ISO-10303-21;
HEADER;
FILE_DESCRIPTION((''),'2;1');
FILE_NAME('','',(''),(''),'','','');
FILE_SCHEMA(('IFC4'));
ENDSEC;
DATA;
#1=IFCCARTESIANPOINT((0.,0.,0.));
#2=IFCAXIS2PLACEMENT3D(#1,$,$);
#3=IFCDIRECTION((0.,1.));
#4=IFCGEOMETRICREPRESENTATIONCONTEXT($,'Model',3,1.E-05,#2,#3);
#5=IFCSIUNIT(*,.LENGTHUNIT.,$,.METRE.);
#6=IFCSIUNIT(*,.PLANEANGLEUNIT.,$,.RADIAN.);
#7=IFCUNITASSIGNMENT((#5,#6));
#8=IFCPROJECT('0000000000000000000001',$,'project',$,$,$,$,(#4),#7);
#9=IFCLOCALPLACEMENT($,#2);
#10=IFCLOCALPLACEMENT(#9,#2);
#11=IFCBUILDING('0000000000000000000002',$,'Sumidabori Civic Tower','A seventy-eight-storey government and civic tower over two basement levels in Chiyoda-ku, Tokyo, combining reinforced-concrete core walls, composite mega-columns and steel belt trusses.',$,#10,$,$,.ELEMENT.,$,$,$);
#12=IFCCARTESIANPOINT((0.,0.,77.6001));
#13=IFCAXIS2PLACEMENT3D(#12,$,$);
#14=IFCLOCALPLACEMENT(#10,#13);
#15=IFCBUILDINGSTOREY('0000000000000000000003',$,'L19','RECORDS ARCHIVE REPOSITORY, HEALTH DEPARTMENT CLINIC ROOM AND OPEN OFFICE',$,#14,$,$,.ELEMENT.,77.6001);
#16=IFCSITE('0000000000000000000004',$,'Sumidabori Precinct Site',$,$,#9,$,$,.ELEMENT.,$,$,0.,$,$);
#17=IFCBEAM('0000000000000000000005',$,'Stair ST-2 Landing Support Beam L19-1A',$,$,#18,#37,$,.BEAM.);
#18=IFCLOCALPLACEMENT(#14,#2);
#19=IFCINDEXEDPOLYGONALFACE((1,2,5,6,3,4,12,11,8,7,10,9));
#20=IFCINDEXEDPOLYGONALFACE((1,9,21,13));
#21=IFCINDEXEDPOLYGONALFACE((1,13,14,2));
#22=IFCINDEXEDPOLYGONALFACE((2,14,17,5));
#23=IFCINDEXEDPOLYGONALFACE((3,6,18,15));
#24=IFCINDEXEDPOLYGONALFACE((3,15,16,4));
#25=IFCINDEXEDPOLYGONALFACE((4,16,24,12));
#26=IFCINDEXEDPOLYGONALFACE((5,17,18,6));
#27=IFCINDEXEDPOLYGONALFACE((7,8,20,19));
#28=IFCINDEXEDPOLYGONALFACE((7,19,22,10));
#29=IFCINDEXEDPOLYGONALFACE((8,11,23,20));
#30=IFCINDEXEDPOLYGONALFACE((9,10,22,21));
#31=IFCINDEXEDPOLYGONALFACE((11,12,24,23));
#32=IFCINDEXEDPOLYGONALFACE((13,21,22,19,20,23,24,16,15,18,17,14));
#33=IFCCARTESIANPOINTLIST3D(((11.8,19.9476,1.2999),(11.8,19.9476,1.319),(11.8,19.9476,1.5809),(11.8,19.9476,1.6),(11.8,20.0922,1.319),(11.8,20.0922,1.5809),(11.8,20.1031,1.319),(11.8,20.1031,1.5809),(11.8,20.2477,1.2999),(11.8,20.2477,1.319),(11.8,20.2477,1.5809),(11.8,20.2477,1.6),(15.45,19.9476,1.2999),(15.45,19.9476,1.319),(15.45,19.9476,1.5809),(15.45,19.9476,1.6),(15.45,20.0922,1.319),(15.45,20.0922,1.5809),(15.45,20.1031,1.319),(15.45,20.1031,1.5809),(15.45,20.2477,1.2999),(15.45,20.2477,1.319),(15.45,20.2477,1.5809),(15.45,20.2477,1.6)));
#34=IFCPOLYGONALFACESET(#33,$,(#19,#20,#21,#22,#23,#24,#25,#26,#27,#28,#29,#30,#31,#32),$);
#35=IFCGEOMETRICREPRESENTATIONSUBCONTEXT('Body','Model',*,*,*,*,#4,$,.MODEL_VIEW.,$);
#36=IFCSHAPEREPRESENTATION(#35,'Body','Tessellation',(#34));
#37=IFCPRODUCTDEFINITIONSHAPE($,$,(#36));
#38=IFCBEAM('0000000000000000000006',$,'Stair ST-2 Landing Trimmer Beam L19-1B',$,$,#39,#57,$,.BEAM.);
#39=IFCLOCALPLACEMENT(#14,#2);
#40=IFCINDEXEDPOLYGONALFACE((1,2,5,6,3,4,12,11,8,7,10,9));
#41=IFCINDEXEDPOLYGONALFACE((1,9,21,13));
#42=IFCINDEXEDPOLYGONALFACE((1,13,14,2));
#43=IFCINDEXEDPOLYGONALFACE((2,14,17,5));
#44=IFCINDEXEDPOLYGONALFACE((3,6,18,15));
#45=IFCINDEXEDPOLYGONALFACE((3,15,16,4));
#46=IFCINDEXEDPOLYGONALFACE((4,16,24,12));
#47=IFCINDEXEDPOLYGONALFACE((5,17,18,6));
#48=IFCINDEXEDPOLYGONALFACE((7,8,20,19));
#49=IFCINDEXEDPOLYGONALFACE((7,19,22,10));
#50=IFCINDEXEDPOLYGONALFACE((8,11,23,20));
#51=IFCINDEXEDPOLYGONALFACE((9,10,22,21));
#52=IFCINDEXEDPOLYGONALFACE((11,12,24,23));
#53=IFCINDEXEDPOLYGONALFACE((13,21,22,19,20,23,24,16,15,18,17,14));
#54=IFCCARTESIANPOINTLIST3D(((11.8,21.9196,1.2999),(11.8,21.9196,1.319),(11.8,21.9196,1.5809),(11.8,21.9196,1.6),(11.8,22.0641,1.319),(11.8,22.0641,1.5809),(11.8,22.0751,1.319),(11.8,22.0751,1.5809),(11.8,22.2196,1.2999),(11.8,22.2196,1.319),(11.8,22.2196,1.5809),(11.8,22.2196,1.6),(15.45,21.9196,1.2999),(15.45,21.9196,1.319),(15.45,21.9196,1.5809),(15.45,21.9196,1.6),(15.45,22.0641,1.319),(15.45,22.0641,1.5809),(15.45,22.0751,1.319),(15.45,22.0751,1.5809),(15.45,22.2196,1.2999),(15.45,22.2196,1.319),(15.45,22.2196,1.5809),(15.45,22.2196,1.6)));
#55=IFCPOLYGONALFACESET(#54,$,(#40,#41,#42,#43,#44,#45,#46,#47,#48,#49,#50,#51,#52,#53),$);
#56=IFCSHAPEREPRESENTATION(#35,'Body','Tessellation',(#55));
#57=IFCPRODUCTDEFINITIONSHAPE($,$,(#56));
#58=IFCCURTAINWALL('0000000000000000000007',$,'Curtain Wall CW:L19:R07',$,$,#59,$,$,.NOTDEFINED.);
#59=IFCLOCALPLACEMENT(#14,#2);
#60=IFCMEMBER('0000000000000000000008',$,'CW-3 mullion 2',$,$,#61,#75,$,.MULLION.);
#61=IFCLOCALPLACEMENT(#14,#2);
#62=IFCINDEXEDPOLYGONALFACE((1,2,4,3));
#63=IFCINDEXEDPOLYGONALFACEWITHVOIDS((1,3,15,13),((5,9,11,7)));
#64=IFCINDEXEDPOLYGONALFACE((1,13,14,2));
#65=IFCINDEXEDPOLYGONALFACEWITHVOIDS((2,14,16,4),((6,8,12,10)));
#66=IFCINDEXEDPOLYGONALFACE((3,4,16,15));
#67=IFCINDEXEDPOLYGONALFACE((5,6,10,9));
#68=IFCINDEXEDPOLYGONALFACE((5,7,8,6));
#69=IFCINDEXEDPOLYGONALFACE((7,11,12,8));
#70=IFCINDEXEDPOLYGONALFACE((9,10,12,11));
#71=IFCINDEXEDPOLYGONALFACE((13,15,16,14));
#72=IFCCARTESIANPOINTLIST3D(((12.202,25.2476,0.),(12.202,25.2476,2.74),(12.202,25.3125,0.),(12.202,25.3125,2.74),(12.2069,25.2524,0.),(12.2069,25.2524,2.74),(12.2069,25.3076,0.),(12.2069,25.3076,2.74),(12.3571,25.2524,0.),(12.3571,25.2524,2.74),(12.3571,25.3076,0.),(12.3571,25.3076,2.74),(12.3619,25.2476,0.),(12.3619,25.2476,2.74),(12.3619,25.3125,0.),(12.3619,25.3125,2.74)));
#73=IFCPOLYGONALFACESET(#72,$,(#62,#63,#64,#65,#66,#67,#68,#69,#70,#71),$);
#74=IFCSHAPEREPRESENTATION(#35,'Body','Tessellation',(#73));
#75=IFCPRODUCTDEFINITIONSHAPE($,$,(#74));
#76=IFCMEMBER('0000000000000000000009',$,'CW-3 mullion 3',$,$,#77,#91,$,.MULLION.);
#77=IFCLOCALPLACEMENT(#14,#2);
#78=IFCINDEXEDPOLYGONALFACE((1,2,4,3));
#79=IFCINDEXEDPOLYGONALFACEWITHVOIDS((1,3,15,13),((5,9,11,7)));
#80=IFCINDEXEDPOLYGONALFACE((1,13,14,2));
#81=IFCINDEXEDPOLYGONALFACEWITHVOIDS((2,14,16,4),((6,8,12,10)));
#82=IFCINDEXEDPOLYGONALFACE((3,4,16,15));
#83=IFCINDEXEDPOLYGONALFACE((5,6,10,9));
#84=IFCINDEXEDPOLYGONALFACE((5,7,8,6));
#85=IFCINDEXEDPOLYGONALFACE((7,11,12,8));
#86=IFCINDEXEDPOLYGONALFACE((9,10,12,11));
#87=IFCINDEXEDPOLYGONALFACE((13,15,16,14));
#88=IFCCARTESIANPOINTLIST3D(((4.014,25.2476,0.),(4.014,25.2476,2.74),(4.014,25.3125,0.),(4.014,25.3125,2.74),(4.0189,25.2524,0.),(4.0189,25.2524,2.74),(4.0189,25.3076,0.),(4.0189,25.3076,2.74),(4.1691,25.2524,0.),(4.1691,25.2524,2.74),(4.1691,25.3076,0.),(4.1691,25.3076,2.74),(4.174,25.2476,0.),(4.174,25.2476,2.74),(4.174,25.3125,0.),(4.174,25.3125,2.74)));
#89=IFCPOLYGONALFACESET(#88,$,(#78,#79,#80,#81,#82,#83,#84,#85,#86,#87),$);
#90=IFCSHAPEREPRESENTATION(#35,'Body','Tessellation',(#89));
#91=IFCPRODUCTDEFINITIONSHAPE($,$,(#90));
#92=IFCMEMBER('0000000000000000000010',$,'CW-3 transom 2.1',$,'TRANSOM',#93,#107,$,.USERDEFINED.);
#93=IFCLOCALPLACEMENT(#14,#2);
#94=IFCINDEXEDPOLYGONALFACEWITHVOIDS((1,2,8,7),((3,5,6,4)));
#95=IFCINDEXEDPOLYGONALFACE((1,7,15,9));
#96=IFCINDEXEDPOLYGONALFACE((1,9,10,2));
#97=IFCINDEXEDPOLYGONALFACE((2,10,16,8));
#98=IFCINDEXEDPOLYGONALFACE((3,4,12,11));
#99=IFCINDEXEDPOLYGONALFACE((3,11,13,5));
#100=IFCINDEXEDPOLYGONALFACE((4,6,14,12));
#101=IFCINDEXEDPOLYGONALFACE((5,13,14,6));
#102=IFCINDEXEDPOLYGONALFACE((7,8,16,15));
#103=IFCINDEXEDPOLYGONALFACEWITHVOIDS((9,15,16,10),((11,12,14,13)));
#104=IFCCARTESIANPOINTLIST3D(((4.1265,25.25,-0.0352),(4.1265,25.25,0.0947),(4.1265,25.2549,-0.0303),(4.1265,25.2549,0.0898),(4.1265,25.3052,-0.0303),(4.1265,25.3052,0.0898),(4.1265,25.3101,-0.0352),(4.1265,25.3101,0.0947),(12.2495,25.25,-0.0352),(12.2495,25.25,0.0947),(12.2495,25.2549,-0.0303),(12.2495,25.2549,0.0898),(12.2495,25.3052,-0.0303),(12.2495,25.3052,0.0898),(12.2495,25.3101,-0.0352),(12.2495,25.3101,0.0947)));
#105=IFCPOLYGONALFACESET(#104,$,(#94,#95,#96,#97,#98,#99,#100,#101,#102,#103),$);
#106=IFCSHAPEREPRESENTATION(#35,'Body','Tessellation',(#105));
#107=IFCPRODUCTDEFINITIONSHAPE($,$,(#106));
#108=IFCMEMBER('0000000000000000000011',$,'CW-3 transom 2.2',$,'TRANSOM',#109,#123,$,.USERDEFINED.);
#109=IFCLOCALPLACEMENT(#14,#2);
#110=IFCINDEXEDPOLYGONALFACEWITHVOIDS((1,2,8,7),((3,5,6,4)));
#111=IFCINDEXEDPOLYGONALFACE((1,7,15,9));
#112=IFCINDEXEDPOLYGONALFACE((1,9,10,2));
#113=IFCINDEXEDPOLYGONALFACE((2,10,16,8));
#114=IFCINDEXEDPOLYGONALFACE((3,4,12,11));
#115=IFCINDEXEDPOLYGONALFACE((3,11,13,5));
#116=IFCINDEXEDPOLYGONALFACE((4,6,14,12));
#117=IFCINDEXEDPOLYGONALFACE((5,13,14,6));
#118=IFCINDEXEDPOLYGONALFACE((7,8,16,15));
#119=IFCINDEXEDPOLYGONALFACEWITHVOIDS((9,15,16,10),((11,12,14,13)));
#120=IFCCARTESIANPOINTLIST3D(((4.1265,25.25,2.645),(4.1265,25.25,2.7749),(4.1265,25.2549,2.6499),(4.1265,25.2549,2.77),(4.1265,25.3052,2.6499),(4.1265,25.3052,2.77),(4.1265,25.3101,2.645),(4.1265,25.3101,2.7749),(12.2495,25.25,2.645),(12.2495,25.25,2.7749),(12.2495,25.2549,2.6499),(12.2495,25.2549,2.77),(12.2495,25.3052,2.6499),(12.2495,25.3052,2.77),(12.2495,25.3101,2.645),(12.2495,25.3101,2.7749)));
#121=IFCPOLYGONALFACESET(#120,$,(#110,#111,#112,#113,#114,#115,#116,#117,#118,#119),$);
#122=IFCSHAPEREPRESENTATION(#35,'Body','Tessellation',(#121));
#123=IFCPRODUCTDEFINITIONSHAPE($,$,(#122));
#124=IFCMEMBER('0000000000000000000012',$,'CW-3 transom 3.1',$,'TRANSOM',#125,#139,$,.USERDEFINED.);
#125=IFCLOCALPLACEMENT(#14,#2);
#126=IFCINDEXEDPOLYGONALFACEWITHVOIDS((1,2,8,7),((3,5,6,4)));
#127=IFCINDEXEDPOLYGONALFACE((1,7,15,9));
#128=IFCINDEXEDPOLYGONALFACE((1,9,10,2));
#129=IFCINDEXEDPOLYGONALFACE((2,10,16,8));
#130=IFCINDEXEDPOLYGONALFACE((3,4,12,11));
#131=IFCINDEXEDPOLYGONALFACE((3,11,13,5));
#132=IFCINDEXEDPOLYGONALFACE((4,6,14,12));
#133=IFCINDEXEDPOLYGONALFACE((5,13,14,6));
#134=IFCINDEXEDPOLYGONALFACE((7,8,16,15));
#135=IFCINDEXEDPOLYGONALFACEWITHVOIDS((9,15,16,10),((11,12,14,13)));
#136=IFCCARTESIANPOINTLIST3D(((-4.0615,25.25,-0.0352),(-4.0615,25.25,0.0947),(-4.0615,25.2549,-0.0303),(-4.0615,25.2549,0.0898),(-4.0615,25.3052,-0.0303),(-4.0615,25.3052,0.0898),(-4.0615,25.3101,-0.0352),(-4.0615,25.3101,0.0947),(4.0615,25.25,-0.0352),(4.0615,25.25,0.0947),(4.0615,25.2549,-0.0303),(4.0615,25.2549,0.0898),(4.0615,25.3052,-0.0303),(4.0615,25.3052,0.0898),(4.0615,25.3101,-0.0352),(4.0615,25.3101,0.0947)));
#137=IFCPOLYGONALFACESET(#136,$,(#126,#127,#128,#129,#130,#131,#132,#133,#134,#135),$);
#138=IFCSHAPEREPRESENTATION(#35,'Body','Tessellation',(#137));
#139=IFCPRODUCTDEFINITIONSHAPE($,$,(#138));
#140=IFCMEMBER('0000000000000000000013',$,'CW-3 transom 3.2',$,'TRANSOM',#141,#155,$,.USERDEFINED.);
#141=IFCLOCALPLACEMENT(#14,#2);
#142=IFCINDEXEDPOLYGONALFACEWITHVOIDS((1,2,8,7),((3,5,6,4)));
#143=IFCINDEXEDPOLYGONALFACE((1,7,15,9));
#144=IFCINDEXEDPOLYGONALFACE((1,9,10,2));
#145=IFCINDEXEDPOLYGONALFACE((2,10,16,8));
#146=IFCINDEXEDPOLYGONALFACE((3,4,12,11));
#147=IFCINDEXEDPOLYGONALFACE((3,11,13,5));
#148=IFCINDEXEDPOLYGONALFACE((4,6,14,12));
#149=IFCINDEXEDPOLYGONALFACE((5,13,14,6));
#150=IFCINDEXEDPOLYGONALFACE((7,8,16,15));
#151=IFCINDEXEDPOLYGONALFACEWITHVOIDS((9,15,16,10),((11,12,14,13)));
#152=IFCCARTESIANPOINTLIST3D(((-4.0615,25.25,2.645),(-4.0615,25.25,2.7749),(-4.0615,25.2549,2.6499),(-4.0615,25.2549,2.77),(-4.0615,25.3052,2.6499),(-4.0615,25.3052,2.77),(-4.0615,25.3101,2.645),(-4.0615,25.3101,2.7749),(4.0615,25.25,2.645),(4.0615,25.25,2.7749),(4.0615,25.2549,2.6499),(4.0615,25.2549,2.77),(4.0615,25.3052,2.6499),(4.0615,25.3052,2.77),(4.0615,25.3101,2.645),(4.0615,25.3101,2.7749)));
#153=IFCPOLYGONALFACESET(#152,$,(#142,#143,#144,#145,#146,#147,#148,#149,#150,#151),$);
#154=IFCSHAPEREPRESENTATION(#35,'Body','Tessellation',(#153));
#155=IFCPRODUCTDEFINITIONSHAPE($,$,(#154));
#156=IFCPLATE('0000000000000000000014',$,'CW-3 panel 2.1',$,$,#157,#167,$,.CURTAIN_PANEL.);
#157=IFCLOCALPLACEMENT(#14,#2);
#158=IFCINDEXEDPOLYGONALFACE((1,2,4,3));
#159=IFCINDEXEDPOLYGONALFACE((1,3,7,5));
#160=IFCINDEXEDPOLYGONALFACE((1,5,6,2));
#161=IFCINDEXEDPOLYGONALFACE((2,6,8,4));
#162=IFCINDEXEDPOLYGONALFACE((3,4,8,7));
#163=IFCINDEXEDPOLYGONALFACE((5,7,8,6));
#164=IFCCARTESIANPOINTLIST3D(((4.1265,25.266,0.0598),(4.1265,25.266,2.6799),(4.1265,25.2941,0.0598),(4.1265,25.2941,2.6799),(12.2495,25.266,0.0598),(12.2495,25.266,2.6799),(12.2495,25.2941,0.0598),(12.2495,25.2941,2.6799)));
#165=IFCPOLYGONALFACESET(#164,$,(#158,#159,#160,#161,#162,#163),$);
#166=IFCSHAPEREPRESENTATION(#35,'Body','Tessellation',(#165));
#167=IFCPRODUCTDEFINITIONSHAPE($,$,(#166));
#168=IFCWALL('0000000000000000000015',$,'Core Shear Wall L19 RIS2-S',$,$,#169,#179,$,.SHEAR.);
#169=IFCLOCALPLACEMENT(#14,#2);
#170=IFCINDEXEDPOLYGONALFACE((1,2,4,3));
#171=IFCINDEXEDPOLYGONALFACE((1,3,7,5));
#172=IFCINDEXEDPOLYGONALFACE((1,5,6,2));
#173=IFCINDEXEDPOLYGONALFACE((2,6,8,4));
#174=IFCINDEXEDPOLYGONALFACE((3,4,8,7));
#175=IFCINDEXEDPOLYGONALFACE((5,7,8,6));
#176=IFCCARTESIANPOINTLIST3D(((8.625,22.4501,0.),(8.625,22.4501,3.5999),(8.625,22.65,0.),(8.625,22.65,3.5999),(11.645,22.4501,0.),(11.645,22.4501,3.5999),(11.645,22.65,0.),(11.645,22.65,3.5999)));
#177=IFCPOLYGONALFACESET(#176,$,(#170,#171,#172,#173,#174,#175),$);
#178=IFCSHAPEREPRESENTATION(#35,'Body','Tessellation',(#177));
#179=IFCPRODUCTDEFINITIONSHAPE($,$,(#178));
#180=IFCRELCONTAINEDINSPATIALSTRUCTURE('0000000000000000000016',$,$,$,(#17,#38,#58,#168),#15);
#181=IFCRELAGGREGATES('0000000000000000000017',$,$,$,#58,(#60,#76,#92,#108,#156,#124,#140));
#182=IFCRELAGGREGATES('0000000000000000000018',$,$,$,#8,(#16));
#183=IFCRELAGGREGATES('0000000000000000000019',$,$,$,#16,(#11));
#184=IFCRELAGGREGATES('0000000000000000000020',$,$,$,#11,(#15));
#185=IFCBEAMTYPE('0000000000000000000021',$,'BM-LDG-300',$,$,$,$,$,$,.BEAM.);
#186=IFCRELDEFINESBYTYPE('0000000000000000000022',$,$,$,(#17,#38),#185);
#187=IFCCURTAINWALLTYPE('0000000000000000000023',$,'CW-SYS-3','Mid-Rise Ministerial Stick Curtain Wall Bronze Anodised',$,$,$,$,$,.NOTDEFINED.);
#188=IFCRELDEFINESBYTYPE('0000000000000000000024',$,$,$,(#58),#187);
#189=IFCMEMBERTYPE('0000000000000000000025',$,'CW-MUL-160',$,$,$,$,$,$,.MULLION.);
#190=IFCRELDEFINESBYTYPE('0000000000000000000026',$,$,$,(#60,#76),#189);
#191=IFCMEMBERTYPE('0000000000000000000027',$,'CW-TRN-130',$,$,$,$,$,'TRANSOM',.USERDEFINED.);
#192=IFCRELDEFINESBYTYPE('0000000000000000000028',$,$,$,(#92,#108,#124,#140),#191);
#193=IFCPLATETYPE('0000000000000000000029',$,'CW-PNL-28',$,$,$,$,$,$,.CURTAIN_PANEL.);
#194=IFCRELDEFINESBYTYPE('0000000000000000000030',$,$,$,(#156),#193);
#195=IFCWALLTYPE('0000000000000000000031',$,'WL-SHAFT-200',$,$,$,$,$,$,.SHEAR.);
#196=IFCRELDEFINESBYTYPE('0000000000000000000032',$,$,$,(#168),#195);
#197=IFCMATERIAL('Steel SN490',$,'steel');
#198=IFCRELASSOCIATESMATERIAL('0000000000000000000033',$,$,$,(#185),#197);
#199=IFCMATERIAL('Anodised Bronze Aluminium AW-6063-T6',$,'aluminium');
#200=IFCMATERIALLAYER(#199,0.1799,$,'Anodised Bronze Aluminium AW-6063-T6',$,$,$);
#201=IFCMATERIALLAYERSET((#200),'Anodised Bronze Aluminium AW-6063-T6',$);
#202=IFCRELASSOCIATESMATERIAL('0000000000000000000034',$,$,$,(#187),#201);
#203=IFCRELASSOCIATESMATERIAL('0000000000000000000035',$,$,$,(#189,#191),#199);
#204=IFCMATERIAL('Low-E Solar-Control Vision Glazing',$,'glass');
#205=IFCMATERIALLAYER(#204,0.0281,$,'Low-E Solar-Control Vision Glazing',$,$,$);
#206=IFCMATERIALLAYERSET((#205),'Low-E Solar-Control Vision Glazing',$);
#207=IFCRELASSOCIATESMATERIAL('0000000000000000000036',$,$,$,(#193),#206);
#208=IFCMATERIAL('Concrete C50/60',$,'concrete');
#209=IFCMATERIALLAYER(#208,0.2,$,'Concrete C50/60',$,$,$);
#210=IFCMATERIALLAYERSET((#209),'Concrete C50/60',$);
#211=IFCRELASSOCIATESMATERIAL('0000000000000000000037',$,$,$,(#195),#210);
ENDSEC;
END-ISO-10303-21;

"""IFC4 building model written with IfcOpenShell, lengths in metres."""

from ifc_helpers import new_model, si_unit, direction, frame, frame_2d, origin, origin_2d, place, context, subcontext, project, spatial, rectangle, hollow_rectangle, i_section, extrude, source, transform, mapped, material, layer, layer_set, material_profile, profile_set, type_object, element, aggregate, save


model = new_model("IFC4")

# Units and contexts
model_context = context("Model", 3, precision=1e-05, world=origin(), true_north=direction((0.0, 1.0)))
body_context = subcontext(model_context, "Body", "Model", "MODEL_VIEW")
ifc_project = project(units=[si_unit("LENGTHUNIT", "METRE"), si_unit("PLANEANGLEUNIT", "RADIAN")], contexts=[model_context])

# Site, building, storey
site_placement = place(None, origin())
site = spatial("IfcSite", under=ifc_project, at=site_placement, Name="Sumidabori Precinct Site", CompositionType="ELEMENT", RefElevation=0.0)
building_placement = place(site_placement, origin())
building = spatial("IfcBuilding", under=site, at=building_placement, Name="Sumidabori Civic Tower", Description="A seventy-eight-storey government and civic tower over two basement levels in Chiyoda-ku, Tokyo, combining reinforced-concrete core walls, composite mega-columns and steel belt trusses.", CompositionType="ELEMENT")
storey_placement = place(building_placement, frame((0.0, 0.0, 77.6001)))
storey = spatial("IfcBuildingStorey", under=building, at=storey_placement, Name="L19", Description="RECORDS ARCHIVE REPOSITORY, HEALTH DEPARTMENT CLINIC ROOM AND OPEN OFFICE", CompositionType="ELEMENT", Elevation=77.6001)

# Beams
ifc_material_1 = material(Name="Steel SN490", Category="steel")
ifc_material_profile_1 = material_profile(ifc_material_1, i_section(OverallWidth=0.3, OverallDepth=0.3, WebThickness=0.011, FlangeThickness=0.019, at=origin_2d()), Name="HE 300 B")
ifc_profile_set_1 = profile_set([ifc_material_profile_1], Name="Steel SN490")
beam_type = type_object("IfcBeamType", Name="BM-LDG-300", PredefinedType="BEAM", material=ifc_profile_set_1)
shared_shape_1 = source(origin(), body_context, "Body", "SweptSolid", [
    extrude(i_section(OverallWidth=0.3, OverallDepth=0.3, WebThickness=0.011, FlangeThickness=0.019, at=origin_2d()), origin(), (0.0, 0.0, 1.0), 3.6499),
])
for number, where, z_axis, x_axis, name in (
    (1, (11.8, 20.0977, 1.45), (1.0, 0.0, 0.0), (0.0, 1.0, 0.0), "Stair ST-2 Landing Support Beam L19-1A"),
    (2, (11.8, 22.0696, 1.45), (1.0, 0.0, 0.0), (0.0, 1.0, 0.0), "Stair ST-2 Landing Trimmer Beam L19-1B"),
):
    element("IfcBeam", number, at=place(storey_placement, frame(where, z_axis=z_axis, x_axis=x_axis)), inside=storey, type_object=beam_type, Name=name, PredefinedType="BEAM", context=body_context, shape_type="MappedRepresentation", body=[
        mapped(shared_shape_1, transform((0.0, 0.0, 0.0), x_axis=(1.0, 0.0, 0.0), y_axis=(0.0, 1.0, 0.0), z_axis=(0.0, 0.0, 1.0), scale=1.0)),
    ])

# Curtain wall, members, plate
ifc_material_2 = material(Name="Anodised Bronze Aluminium AW-6063-T6", Category="aluminium")
ifc_layer_1 = layer(ifc_material_2, 0.1799, Name="Anodised Bronze Aluminium AW-6063-T6")
ifc_layer_set_1 = layer_set([ifc_layer_1], Name="Anodised Bronze Aluminium AW-6063-T6")
curtain_wall_type = type_object("IfcCurtainWallType", Name="CW-SYS-3", Description="Mid-Rise Ministerial Stick Curtain Wall Bronze Anodised", PredefinedType="NOTDEFINED", material=ifc_layer_set_1)
curtain_wall_placement = place(storey_placement, origin())
curtain_wall = element("IfcCurtainWall", 3, at=curtain_wall_placement, inside=storey, type_object=curtain_wall_type, Name="Curtain Wall CW:L19:R07", PredefinedType="NOTDEFINED")
ifc_material_profile_2 = material_profile(ifc_material_2, hollow_rectangle(XDim=0.0649, YDim=0.1599, WallThickness=0.0049, at=origin_2d()), Name="ALU MULLION 160x65")
ifc_profile_set_2 = profile_set([ifc_material_profile_2], Name="Anodised Bronze Aluminium AW-6063-T6")
member_type_1 = type_object("IfcMemberType", Name="CW-MUL-160", PredefinedType="MULLION", material=ifc_profile_set_2)
shared_shape_2 = source(origin(), body_context, "Body", "SweptSolid", [
    extrude(hollow_rectangle(XDim=0.0649, YDim=0.1599, WallThickness=0.0049, at=origin_2d()), origin(), (0.0, 0.0, 1.0), 2.74),
])
member_1_placement = place(storey_placement, frame((12.282, 25.28, 0.0), z_axis=(0.0, 0.0, 1.0), x_axis=(0.0, -1.0, 0.0)))
member_1 = element("IfcMember", 4, at=member_1_placement, type_object=member_type_1, Name="CW-3 mullion 2", PredefinedType="MULLION", context=body_context, shape_type="MappedRepresentation", body=[
    mapped(shared_shape_2, transform((0.0, 0.0, 0.0), x_axis=(1.0, 0.0, 0.0), y_axis=(0.0, 1.0, 0.0), z_axis=(0.0, 0.0, 1.0), scale=1.0)),
])
member_2_placement = place(storey_placement, frame((4.094, 25.28, 0.0), z_axis=(0.0, 0.0, 1.0), x_axis=(0.0, -1.0, 0.0)))
member_2 = element("IfcMember", 5, at=member_2_placement, type_object=member_type_1, Name="CW-3 mullion 3", PredefinedType="MULLION", context=body_context, shape_type="MappedRepresentation", body=[
    mapped(shared_shape_2, transform((0.0, 0.0, 0.0), x_axis=(1.0, 0.0, 0.0), y_axis=(0.0, 1.0, 0.0), z_axis=(0.0, 0.0, 1.0), scale=1.0)),
])
ifc_material_profile_3 = material_profile(ifc_material_2, hollow_rectangle(XDim=0.0601, YDim=0.1299, WallThickness=0.0049, at=origin_2d()), Name="ALU TRANSOM 130x60")
ifc_profile_set_3 = profile_set([ifc_material_profile_3], Name="Anodised Bronze Aluminium AW-6063-T6")
member_type_2 = type_object("IfcMemberType", Name="CW-TRN-130", ElementType="TRANSOM", PredefinedType="USERDEFINED", material=ifc_profile_set_3)
shared_shape_3 = source(origin(), body_context, "Body", "SweptSolid", [
    extrude(hollow_rectangle(XDim=0.0601, YDim=0.1299, WallThickness=0.0049, at=origin_2d()), origin(), (0.0, 0.0, 1.0), 8.123),
])
member_3_placement = place(storey_placement, frame((12.2495, 25.28, 0.0298), z_axis=(-1.0, 0.0, 0.0), x_axis=(0.0, -1.0, 0.0)))
member_3 = element("IfcMember", 6, at=member_3_placement, type_object=member_type_2, Name="CW-3 transom 2.1", ObjectType="TRANSOM", PredefinedType="USERDEFINED", context=body_context, shape_type="MappedRepresentation", body=[
    mapped(shared_shape_3, transform((0.0, 0.0, 0.0), x_axis=(1.0, 0.0, 0.0), y_axis=(0.0, 1.0, 0.0), z_axis=(0.0, 0.0, 1.0), scale=1.0)),
])
member_4_placement = place(storey_placement, frame((12.2495, 25.28, 2.71), z_axis=(-1.0, 0.0, 0.0), x_axis=(0.0, -1.0, 0.0)))
member_4 = element("IfcMember", 7, at=member_4_placement, type_object=member_type_2, Name="CW-3 transom 2.2", ObjectType="TRANSOM", PredefinedType="USERDEFINED", context=body_context, shape_type="MappedRepresentation", body=[
    mapped(shared_shape_3, transform((0.0, 0.0, 0.0), x_axis=(1.0, 0.0, 0.0), y_axis=(0.0, 1.0, 0.0), z_axis=(0.0, 0.0, 1.0), scale=1.0)),
])
member_5_placement = place(storey_placement, frame((4.0615, 25.28, 0.0298), z_axis=(-1.0, 0.0, 0.0), x_axis=(0.0, -1.0, 0.0)))
member_5 = element("IfcMember", 8, at=member_5_placement, type_object=member_type_2, Name="CW-3 transom 3.1", ObjectType="TRANSOM", PredefinedType="USERDEFINED", context=body_context, shape_type="MappedRepresentation", body=[
    mapped(shared_shape_3, transform((0.0, 0.0, 0.0), x_axis=(1.0, 0.0, 0.0), y_axis=(0.0, 1.0, 0.0), z_axis=(0.0, 0.0, 1.0), scale=1.0)),
])
member_6_placement = place(storey_placement, frame((4.0615, 25.28, 2.71), z_axis=(-1.0, 0.0, 0.0), x_axis=(0.0, -1.0, 0.0)))
member_6 = element("IfcMember", 9, at=member_6_placement, type_object=member_type_2, Name="CW-3 transom 3.2", ObjectType="TRANSOM", PredefinedType="USERDEFINED", context=body_context, shape_type="MappedRepresentation", body=[
    mapped(shared_shape_3, transform((0.0, 0.0, 0.0), x_axis=(1.0, 0.0, 0.0), y_axis=(0.0, 1.0, 0.0), z_axis=(0.0, 0.0, 1.0), scale=1.0)),
])
ifc_material_3 = material(Name="Low-E Solar-Control Vision Glazing", Category="glass")
ifc_layer_2 = layer(ifc_material_3, 0.0281, Name="Low-E Solar-Control Vision Glazing")
ifc_layer_set_2 = layer_set([ifc_layer_2], Name="Low-E Solar-Control Vision Glazing")
plate_type = type_object("IfcPlateType", Name="CW-PNL-28", PredefinedType="CURTAIN_PANEL", material=ifc_layer_set_2)
shared_shape_4 = source(origin(), body_context, "Body", "SweptSolid", [
    extrude(rectangle(XDim=8.123, YDim=0.0281, at=origin_2d()), origin(), (0.0, 0.0, 1.0), 2.6201),
])
plate_placement = place(storey_placement, frame((8.188, 25.28, 0.0598), z_axis=(0.0, 0.0, 1.0), x_axis=(-1.0, 0.0, 0.0)))
plate = element("IfcPlate", 10, at=plate_placement, type_object=plate_type, Name="CW-3 panel 2.1", PredefinedType="CURTAIN_PANEL", context=body_context, shape_type="MappedRepresentation", body=[
    mapped(shared_shape_4, transform((0.0, 0.0, 0.0), x_axis=(1.0, 0.0, 0.0), y_axis=(0.0, 1.0, 0.0), z_axis=(0.0, 0.0, 1.0), scale=1.0)),
])
aggregate(curtain_wall, [member_1, member_2, member_3, member_4, plate, member_5, member_6])

# Wall
ifc_material_4 = material(Name="Concrete C50/60", Category="concrete")
ifc_layer_3 = layer(ifc_material_4, 0.2, Name="Concrete C50/60")
ifc_layer_set_3 = layer_set([ifc_layer_3], Name="Concrete C50/60")
wall_type_1 = type_object("IfcWallType", Name="WL-SHAFT-200", PredefinedType="SHEAR", material=ifc_layer_set_3)
shared_shape_5 = source(origin(), body_context, "Body", "SweptSolid", [
    extrude(rectangle(XDim=3.02, YDim=0.2, at=frame_2d((1.51, 0.0))), origin(), (0.0, 0.0, 1.0), 3.5999),
])
wall_1_placement = place(storey_placement, frame((8.625, 22.55, 0.0), z_axis=(0.0, 0.0, 1.0), x_axis=(1.0, 0.0, 0.0)))
element("IfcWall", 11, at=wall_1_placement, inside=storey, type_object=wall_type_1, Name="Core Shear Wall L19 RIS2-S", PredefinedType="SHEAR", context=body_context, shape_type="MappedRepresentation", body=[
    mapped(shared_shape_5, transform((0.0, 0.0, 0.0), x_axis=(1.0, 0.0, 0.0), y_axis=(0.0, 1.0, 0.0), z_axis=(0.0, 0.0, 1.0), scale=1.0)),
])

save(model, "model.ifc")
